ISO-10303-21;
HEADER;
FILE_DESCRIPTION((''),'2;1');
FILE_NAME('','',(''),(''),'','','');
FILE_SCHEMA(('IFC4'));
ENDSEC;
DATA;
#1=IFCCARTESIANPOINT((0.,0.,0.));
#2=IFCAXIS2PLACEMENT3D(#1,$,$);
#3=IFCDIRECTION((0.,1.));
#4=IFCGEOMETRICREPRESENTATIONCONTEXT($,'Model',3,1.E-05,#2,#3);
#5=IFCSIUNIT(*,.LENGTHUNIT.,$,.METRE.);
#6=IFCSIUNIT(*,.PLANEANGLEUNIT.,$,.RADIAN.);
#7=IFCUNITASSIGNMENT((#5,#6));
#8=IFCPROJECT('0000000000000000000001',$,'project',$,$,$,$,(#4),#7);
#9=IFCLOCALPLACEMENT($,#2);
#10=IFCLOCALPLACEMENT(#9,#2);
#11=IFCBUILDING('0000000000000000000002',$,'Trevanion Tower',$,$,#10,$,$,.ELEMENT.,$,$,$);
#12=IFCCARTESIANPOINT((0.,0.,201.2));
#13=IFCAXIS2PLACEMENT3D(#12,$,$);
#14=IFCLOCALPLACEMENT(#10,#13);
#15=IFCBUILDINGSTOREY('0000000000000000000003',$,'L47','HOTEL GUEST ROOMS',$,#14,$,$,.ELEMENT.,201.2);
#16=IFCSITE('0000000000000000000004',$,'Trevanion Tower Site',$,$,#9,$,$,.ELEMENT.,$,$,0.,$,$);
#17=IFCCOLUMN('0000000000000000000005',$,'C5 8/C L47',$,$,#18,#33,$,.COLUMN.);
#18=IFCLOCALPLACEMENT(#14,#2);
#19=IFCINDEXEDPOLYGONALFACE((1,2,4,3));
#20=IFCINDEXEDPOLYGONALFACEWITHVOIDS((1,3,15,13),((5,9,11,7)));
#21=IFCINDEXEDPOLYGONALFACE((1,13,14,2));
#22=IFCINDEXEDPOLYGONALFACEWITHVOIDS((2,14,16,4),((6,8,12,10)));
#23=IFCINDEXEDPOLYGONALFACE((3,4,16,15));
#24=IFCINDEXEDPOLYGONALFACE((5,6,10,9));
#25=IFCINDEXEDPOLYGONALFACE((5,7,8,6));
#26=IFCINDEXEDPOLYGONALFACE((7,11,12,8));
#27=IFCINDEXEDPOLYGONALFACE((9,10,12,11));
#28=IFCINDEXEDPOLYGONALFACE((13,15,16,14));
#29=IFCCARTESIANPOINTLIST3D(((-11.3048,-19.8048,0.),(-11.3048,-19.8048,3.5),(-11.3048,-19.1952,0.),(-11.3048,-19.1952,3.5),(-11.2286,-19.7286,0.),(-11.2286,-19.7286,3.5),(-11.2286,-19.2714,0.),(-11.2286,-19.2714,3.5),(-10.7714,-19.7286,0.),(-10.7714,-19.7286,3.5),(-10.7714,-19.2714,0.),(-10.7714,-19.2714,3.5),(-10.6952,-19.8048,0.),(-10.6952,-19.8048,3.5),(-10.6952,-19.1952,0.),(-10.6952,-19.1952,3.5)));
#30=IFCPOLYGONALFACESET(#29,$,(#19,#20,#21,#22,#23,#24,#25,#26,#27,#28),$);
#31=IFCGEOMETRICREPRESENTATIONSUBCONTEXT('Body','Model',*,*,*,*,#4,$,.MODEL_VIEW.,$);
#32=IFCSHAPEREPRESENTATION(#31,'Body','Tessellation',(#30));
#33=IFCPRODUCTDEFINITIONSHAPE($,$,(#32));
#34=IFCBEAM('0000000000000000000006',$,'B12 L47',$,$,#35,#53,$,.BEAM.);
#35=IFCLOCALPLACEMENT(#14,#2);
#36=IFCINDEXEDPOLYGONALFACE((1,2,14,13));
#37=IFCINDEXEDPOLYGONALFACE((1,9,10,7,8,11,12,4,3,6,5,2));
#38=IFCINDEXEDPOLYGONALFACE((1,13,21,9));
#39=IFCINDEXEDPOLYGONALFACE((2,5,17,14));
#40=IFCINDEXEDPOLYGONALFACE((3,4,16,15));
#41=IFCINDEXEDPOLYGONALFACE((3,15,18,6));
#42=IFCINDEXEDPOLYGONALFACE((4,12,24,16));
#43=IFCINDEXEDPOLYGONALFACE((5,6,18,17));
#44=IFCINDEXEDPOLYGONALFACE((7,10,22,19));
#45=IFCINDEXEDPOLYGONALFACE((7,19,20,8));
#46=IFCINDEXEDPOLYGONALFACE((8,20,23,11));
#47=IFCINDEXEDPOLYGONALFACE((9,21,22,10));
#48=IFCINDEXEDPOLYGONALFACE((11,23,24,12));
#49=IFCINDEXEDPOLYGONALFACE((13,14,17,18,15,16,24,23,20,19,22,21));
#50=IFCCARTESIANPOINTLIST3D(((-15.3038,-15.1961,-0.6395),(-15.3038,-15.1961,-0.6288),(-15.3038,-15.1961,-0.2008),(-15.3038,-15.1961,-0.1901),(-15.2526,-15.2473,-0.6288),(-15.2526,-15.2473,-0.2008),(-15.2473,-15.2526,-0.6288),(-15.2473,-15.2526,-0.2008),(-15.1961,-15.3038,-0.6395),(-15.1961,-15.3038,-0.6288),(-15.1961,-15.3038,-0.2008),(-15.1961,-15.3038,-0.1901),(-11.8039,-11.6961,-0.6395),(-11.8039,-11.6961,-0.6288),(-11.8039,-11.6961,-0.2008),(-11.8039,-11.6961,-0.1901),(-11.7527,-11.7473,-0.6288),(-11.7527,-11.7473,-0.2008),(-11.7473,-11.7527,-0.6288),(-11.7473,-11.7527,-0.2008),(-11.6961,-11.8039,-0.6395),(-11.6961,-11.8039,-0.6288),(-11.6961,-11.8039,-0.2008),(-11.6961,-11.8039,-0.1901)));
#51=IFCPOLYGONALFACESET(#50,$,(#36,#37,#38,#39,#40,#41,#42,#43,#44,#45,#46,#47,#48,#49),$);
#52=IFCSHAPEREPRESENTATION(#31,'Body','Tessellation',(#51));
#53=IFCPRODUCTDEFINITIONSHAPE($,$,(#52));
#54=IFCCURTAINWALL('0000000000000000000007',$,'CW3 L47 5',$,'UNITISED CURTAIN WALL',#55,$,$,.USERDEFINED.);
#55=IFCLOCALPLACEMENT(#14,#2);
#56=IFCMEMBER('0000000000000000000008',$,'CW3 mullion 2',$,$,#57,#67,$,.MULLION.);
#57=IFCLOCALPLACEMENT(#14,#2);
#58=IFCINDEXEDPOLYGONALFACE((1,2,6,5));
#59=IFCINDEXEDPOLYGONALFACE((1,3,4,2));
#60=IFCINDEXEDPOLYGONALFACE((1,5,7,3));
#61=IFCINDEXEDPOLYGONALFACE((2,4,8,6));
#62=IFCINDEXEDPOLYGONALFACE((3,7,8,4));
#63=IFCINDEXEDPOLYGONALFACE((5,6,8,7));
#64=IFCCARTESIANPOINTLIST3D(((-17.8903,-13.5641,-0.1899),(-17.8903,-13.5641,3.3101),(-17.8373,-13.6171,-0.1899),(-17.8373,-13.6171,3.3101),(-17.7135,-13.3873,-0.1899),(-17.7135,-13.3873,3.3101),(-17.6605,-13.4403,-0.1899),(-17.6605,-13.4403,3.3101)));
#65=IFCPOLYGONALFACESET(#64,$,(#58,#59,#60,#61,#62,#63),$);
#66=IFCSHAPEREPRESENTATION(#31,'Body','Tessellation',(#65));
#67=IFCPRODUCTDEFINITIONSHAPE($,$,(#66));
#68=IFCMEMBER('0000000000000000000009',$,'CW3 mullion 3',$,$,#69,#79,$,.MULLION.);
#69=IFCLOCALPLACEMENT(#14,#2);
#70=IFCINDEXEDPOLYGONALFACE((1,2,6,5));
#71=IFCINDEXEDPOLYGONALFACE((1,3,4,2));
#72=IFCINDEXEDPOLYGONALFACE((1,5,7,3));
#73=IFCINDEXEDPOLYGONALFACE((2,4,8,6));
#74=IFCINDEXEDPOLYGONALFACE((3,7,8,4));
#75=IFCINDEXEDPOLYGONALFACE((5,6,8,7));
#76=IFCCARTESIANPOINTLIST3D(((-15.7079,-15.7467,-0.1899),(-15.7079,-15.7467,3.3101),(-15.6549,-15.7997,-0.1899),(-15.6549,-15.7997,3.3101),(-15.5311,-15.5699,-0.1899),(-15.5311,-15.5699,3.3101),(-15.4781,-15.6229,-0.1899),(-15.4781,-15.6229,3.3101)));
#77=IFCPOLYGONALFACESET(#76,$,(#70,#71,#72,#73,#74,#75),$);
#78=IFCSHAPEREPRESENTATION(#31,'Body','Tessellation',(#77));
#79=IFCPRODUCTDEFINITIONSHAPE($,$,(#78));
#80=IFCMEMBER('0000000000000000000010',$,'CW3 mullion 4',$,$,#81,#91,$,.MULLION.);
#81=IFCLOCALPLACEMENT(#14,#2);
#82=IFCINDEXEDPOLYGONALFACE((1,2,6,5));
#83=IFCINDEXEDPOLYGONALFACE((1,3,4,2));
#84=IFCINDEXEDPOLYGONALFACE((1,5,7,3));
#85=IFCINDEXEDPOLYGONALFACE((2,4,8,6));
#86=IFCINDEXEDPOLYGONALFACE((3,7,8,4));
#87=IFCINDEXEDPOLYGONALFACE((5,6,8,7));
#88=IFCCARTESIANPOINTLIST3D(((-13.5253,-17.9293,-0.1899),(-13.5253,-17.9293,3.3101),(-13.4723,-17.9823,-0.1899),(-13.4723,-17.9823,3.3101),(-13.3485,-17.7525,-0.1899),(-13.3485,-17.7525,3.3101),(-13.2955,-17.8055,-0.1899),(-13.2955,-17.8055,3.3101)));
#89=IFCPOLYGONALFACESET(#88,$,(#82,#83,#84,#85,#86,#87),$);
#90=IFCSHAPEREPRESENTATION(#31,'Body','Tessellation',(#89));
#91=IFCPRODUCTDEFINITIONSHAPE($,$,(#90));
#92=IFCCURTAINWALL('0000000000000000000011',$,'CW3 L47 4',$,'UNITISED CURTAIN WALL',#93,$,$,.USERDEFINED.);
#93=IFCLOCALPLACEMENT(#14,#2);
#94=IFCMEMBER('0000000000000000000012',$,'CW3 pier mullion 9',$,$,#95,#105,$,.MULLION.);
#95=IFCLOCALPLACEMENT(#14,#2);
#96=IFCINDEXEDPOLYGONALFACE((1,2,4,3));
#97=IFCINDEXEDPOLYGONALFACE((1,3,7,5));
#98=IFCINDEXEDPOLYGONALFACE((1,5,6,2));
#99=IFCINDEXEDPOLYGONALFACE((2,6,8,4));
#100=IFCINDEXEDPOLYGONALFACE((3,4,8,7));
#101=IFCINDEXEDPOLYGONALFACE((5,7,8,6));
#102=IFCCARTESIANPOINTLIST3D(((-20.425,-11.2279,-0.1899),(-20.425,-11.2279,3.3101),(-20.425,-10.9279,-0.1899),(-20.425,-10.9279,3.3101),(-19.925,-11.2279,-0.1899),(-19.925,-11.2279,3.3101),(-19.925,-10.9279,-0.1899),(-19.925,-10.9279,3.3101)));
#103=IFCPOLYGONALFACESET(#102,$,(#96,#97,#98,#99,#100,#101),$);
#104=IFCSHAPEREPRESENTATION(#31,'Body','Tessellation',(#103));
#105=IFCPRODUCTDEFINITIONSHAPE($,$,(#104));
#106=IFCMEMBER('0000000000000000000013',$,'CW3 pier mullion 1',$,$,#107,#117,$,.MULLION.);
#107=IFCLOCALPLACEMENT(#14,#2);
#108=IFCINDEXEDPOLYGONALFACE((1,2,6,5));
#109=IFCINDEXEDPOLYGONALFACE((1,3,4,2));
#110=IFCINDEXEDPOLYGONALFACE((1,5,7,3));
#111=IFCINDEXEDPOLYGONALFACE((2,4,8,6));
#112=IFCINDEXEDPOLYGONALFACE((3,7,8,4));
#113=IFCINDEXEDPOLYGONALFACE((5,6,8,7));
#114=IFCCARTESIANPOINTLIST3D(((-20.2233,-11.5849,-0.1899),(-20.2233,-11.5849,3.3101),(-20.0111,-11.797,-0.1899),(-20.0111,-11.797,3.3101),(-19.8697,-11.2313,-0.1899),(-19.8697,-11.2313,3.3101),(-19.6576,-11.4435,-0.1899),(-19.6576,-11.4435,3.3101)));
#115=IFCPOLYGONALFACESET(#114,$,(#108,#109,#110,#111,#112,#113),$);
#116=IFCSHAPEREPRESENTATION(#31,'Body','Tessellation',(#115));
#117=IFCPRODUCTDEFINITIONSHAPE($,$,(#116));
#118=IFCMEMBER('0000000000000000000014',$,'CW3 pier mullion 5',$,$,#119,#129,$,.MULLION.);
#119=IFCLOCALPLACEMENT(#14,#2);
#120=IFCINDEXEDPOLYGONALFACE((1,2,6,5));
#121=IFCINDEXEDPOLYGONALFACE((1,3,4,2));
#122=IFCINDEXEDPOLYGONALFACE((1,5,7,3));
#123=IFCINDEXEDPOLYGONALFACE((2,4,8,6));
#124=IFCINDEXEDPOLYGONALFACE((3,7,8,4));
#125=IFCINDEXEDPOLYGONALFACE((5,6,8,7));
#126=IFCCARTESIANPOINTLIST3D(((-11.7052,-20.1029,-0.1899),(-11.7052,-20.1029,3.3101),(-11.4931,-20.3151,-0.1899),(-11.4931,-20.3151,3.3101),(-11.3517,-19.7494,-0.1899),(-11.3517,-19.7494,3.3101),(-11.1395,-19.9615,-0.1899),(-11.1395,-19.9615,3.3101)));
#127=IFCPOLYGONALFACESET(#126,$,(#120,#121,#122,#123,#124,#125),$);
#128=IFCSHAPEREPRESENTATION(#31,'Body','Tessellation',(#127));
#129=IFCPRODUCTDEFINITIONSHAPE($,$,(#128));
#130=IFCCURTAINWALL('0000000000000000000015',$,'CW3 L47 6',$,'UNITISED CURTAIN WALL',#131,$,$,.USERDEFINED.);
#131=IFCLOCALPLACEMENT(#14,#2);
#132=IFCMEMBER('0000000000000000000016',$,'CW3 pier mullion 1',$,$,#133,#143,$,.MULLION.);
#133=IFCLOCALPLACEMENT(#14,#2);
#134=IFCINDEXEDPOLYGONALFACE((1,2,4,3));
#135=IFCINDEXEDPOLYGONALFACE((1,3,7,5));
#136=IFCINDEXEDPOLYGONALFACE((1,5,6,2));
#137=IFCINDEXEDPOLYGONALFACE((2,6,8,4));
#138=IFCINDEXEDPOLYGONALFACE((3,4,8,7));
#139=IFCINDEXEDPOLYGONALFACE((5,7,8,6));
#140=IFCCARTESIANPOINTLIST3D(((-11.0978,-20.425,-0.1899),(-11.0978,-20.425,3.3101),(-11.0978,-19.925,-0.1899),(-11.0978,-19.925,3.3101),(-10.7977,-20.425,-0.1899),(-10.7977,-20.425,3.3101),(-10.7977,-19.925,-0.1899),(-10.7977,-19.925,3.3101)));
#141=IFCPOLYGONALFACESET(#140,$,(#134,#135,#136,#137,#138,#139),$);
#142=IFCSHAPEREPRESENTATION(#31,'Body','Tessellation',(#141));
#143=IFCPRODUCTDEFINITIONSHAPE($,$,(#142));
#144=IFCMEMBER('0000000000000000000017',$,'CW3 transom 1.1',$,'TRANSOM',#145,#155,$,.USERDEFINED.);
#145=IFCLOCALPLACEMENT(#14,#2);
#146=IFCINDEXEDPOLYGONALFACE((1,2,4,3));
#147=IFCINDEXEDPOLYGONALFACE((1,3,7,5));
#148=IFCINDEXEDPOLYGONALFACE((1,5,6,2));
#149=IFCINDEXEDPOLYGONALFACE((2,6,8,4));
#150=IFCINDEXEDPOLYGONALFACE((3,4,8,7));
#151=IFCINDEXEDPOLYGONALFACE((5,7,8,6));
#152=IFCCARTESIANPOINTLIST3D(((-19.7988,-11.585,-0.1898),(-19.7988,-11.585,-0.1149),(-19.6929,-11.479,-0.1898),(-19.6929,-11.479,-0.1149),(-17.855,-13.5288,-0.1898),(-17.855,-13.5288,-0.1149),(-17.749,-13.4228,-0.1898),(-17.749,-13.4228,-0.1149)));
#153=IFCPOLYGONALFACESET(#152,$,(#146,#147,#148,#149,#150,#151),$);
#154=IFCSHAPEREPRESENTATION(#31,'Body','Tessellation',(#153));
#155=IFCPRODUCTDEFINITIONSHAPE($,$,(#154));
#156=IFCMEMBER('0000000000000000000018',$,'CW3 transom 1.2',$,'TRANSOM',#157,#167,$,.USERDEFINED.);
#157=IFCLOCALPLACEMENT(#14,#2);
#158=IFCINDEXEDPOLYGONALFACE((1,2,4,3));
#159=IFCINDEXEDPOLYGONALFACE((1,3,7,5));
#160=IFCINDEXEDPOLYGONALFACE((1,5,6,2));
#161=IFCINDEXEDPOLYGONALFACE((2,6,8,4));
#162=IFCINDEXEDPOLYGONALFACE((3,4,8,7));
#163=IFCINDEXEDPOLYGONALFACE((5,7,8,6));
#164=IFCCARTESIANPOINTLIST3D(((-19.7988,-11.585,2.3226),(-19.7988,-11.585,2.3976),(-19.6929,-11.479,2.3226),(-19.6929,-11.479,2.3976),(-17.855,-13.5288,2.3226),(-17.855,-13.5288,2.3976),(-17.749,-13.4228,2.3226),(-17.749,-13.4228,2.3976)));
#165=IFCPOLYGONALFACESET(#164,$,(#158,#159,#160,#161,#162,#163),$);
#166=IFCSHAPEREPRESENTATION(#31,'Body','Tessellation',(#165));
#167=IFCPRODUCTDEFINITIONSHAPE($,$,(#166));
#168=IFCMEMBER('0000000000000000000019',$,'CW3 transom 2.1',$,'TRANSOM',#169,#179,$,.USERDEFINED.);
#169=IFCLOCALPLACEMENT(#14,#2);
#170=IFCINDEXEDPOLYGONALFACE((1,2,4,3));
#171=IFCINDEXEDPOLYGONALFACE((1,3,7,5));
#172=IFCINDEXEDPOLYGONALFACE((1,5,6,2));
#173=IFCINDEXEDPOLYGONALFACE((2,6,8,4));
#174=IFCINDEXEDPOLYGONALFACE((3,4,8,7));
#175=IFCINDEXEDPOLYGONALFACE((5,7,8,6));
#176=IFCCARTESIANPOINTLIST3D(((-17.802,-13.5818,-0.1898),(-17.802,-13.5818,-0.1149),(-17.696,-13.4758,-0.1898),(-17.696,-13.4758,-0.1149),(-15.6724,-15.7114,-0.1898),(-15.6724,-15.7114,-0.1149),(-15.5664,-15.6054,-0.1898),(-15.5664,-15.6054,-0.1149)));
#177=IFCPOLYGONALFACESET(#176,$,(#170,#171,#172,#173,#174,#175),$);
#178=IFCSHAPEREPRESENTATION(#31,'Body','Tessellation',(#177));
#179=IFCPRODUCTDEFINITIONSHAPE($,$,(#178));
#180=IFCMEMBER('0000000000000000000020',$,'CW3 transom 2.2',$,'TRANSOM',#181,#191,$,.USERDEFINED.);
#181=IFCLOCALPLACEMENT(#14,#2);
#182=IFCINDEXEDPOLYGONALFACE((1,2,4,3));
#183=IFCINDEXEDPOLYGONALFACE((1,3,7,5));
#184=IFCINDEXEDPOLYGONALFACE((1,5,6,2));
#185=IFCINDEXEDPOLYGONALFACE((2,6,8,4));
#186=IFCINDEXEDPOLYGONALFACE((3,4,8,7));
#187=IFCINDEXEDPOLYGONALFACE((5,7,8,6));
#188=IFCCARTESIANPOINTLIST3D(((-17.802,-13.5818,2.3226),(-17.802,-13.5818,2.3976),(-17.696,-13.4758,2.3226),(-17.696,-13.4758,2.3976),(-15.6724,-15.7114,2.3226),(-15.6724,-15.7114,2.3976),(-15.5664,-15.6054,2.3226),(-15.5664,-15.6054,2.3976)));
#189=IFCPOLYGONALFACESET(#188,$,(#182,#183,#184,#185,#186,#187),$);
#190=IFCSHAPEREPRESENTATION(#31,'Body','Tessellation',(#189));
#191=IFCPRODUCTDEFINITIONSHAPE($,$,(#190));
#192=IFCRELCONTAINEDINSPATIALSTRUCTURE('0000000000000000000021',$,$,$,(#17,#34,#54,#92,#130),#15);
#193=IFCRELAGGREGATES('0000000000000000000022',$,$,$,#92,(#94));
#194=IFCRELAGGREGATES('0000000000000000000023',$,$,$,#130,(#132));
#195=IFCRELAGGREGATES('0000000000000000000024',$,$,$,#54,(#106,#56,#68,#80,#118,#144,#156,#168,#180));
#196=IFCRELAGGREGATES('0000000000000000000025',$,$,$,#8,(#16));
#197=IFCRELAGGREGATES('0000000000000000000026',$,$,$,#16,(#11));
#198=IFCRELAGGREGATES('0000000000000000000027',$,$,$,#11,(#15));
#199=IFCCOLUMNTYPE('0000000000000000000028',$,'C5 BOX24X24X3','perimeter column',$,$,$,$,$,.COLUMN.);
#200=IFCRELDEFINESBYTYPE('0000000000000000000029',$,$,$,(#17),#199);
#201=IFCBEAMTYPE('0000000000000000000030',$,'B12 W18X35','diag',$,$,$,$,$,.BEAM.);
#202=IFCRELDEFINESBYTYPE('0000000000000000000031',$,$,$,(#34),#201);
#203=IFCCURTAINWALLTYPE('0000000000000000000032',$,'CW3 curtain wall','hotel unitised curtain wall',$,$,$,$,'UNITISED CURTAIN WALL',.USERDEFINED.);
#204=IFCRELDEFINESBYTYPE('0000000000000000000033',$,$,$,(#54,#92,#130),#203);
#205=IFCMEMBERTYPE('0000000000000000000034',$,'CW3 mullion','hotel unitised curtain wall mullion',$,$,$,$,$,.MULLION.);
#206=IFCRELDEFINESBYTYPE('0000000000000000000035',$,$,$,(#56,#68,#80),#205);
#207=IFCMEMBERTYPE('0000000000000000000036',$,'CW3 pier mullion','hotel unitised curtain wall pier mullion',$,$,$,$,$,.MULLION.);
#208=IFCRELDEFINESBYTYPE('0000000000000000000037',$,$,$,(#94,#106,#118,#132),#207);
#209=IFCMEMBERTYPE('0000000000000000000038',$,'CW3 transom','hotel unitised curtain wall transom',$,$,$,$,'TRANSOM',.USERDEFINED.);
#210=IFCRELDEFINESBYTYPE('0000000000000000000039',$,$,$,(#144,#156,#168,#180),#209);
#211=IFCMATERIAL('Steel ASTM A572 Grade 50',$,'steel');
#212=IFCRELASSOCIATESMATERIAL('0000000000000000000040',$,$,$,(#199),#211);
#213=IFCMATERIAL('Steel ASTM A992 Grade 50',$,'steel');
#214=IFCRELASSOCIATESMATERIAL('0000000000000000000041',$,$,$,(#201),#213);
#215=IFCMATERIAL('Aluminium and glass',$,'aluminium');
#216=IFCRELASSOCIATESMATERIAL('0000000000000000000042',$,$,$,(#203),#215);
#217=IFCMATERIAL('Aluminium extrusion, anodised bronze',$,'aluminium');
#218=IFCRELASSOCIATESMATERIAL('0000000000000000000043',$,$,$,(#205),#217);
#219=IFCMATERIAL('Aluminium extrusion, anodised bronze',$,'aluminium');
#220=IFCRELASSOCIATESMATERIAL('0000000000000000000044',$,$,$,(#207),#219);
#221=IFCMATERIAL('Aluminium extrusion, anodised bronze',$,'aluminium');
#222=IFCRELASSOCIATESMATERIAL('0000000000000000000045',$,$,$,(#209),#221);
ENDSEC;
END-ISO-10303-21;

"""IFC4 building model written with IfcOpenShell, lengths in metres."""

from ifc_helpers import new_model, si_unit, direction, frame, origin, origin_2d, place, context, subcontext, project, spatial, rectangle, hollow_rectangle, i_section, extrude, material, material_profile, profile_set, type_object, element, aggregate, save


model = new_model("IFC4")

# Units and contexts
model_context = context("Model", 3, precision=1e-05, world=origin(), true_north=direction((0.0, 1.0)))
body_context = subcontext(model_context, "Body", "Model", "MODEL_VIEW")
ifc_project = project(units=[si_unit("LENGTHUNIT", "METRE"), si_unit("PLANEANGLEUNIT", "RADIAN")], contexts=[model_context])

# Site, building, storey
site_placement = place(None, origin())
site = spatial("IfcSite", under=ifc_project, at=site_placement, Name="Trevanion Tower Site", CompositionType="ELEMENT", RefElevation=0.0)
building_placement = place(site_placement, origin())
building = spatial("IfcBuilding", under=site, at=building_placement, Name="Trevanion Tower", CompositionType="ELEMENT")
storey_placement = place(building_placement, frame((0.0, 0.0, 201.2)))
storey = spatial("IfcBuildingStorey", under=building, at=storey_placement, Name="L47", Description="HOTEL GUEST ROOMS", CompositionType="ELEMENT", Elevation=201.2)

# Column
ifc_material_1 = material(Name="Steel ASTM A572 Grade 50", Category="steel")
ifc_material_profile_1 = material_profile(ifc_material_1, hollow_rectangle(XDim=0.6096, YDim=0.6096, WallThickness=0.0762, at=origin_2d()), Name="BOX24X24X3")
ifc_profile_set_1 = profile_set([ifc_material_profile_1], Name="Steel ASTM A572 Grade 50")
column_type = type_object("IfcColumnType", Name="C5 BOX24X24X3", Description="perimeter column", PredefinedType="COLUMN", material=ifc_profile_set_1)
column_placement = place(storey_placement, frame((-11.0, -19.5, 0.0), z_axis=(0.0, 0.0, 1.0), x_axis=(1.0, 0.0, 0.0)))
element("IfcColumn", 1, at=column_placement, inside=storey, type_object=column_type, Name="C5 8/C L47", PredefinedType="COLUMN", context=body_context, shape_type="SweptSolid", body=[
    extrude(hollow_rectangle(XDim=0.6096, YDim=0.6096, WallThickness=0.0762, at=origin_2d()), origin(), (0.0, 0.0, 1.0), 3.5),
])

# Beam
ifc_material_2 = material(Name="Steel ASTM A992 Grade 50", Category="steel")
ifc_material_profile_2 = material_profile(ifc_material_2, i_section(OverallWidth=0.1523, OverallDepth=0.4495, WebThickness=0.0076, FlangeThickness=0.0107, at=origin_2d()), Name="W18X35")
ifc_profile_set_2 = profile_set([ifc_material_profile_2], Name="Steel ASTM A992 Grade 50")
beam_type_1 = type_object("IfcBeamType", Name="B12 W18X35", Description="diag", PredefinedType="BEAM", material=ifc_profile_set_2)
beam_1_placement = place(storey_placement, frame((-11.75, -11.75, -0.4148), z_axis=(-0.707107, -0.707107, 0.0), x_axis=(0.707107, -0.707107, 0.0)))
element("IfcBeam", 2, at=beam_1_placement, inside=storey, type_object=beam_type_1, Name="B12 L47", PredefinedType="BEAM", context=body_context, shape_type="SweptSolid", body=[
    extrude(i_section(OverallWidth=0.1523, OverallDepth=0.4495, WebThickness=0.0076, FlangeThickness=0.0107, at=origin_2d()), origin(), (0.0, 0.0, 1.0), 4.9497),
])

# Curtain wall, members
ifc_material_3 = material(Name="Aluminium and glass", Category="aluminium")
curtain_wall_type = type_object("IfcCurtainWallType", Name="CW3 curtain wall", Description="hotel unitised curtain wall", ElementType="UNITISED CURTAIN WALL", PredefinedType="USERDEFINED", material=ifc_material_3)
curtain_wall_1_placement = place(storey_placement, origin())
curtain_wall_1 = element("IfcCurtainWall", 3, at=curtain_wall_1_placement, inside=storey, type_object=curtain_wall_type, Name="CW3 L47 5", ObjectType="UNITISED CURTAIN WALL", PredefinedType="USERDEFINED")
ifc_material_4 = material(Name="Aluminium extrusion, anodised bronze", Category="aluminium")
ifc_material_profile_3 = material_profile(ifc_material_4, rectangle(XDim=0.075, YDim=0.25, at=origin_2d()), Name="CW3 mullion")
ifc_profile_set_3 = profile_set([ifc_material_profile_3], Name="Aluminium extrusion, anodised bronze")
member_type_1 = type_object("IfcMemberType", Name="CW3 mullion", Description="hotel unitised curtain wall mullion", PredefinedType="MULLION", material=ifc_profile_set_3)
member_1_placement = place(storey_placement, frame((-17.7754, -13.5022, -0.1899), z_axis=(0.0, 0.0, 1.0), x_axis=(0.707107, -0.707107, 0.0)))
member_1 = element("IfcMember", 4, at=member_1_placement, type_object=member_type_1, Name="CW3 mullion 2", PredefinedType="MULLION", context=body_context, shape_type="SweptSolid", body=[
    extrude(rectangle(XDim=0.075, YDim=0.25, at=origin_2d()), origin(), (0.0, 0.0, 1.0), 3.5),
])
member_2_placement = place(storey_placement, frame((-15.593, -15.6848, -0.1899), z_axis=(0.0, 0.0, 1.0), x_axis=(0.707107, -0.707107, 0.0)))
member_2 = element("IfcMember", 5, at=member_2_placement, type_object=member_type_1, Name="CW3 mullion 3", PredefinedType="MULLION", context=body_context, shape_type="SweptSolid", body=[
    extrude(rectangle(XDim=0.075, YDim=0.25, at=origin_2d()), origin(), (0.0, 0.0, 1.0), 3.5),
])
member_3_placement = place(storey_placement, frame((-13.4104, -17.8674, -0.1899), z_axis=(0.0, 0.0, 1.0), x_axis=(0.707107, -0.707107, 0.0)))
member_3 = element("IfcMember", 6, at=member_3_placement, type_object=member_type_1, Name="CW3 mullion 4", PredefinedType="MULLION", context=body_context, shape_type="SweptSolid", body=[
    extrude(rectangle(XDim=0.075, YDim=0.25, at=origin_2d()), origin(), (0.0, 0.0, 1.0), 3.5),
])

# Curtain wall, member
curtain_wall_2_placement = place(storey_placement, origin())
curtain_wall_2 = element("IfcCurtainWall", 7, at=curtain_wall_2_placement, inside=storey, type_object=curtain_wall_type, Name="CW3 L47 4", ObjectType="UNITISED CURTAIN WALL", PredefinedType="USERDEFINED")
ifc_material_5 = material(Name="Aluminium extrusion, anodised bronze", Category="aluminium")
ifc_material_profile_4 = material_profile(ifc_material_5, rectangle(XDim=0.3, YDim=0.5, at=origin_2d()), Name="CW3 pier mullion")
ifc_profile_set_4 = profile_set([ifc_material_profile_4], Name="Aluminium extrusion, anodised bronze")
member_type_2 = type_object("IfcMemberType", Name="CW3 pier mullion", Description="hotel unitised curtain wall pier mullion", PredefinedType="MULLION", material=ifc_profile_set_4)
member_4_placement = place(storey_placement, frame((-20.175, -11.0779, -0.1899), z_axis=(0.0, 0.0, 1.0), x_axis=(0.0, -1.0, 0.0)))
member_4 = element("IfcMember", 8, at=member_4_placement, type_object=member_type_2, Name="CW3 pier mullion 9", PredefinedType="MULLION", context=body_context, shape_type="SweptSolid", body=[
    extrude(rectangle(XDim=0.3, YDim=0.5, at=origin_2d()), origin(), (0.0, 0.0, 1.0), 3.5),
])
aggregate(curtain_wall_2, [member_4])

# Members
member_5_placement = place(storey_placement, frame((-19.9404, -11.5142, -0.1899), z_axis=(0.0, 0.0, 1.0), x_axis=(0.707107, -0.707107, 0.0)))
member_5 = element("IfcMember", 9, at=member_5_placement, type_object=member_type_2, Name="CW3 pier mullion 1", PredefinedType="MULLION", context=body_context, shape_type="SweptSolid", body=[
    extrude(rectangle(XDim=0.3, YDim=0.5, at=origin_2d()), origin(), (0.0, 0.0, 1.0), 3.5),
])
member_6_placement = place(storey_placement, frame((-11.4224, -20.0322, -0.1899), z_axis=(0.0, 0.0, 1.0), x_axis=(0.707107, -0.707107, 0.0)))
member_6 = element("IfcMember", 10, at=member_6_placement, type_object=member_type_2, Name="CW3 pier mullion 5", PredefinedType="MULLION", context=body_context, shape_type="SweptSolid", body=[
    extrude(rectangle(XDim=0.3, YDim=0.5, at=origin_2d()), origin(), (0.0, 0.0, 1.0), 3.5),
])

# Curtain wall, member
curtain_wall_3_placement = place(storey_placement, origin())
curtain_wall_3 = element("IfcCurtainWall", 11, at=curtain_wall_3_placement, inside=storey, type_object=curtain_wall_type, Name="CW3 L47 6", ObjectType="UNITISED CURTAIN WALL", PredefinedType="USERDEFINED")
member_7_placement = place(storey_placement, frame((-10.9478, -20.175, -0.1899), z_axis=(0.0, 0.0, 1.0), x_axis=(1.0, 0.0, 0.0)))
member_7 = element("IfcMember", 12, at=member_7_placement, type_object=member_type_2, Name="CW3 pier mullion 1", PredefinedType="MULLION", context=body_context, shape_type="SweptSolid", body=[
    extrude(rectangle(XDim=0.3, YDim=0.5, at=origin_2d()), origin(), (0.0, 0.0, 1.0), 3.5),
])

# Members
ifc_material_6 = material(Name="Aluminium extrusion, anodised bronze", Category="aluminium")
ifc_material_profile_5 = material_profile(ifc_material_6, rectangle(XDim=0.1499, YDim=0.075, at=origin_2d()), Name="CW3 transom")
ifc_profile_set_5 = profile_set([ifc_material_profile_5], Name="Aluminium extrusion, anodised bronze")
member_type_3 = type_object("IfcMemberType", Name="CW3 transom", Description="hotel unitised curtain wall transom", ElementType="TRANSOM", PredefinedType="USERDEFINED", material=ifc_profile_set_5)
member_8_placement = place(storey_placement, frame((-19.7458, -11.532, -0.1523), z_axis=(0.707107, -0.707107, 0.0), x_axis=(0.707107, 0.707107, 0.0)))
member_8 = element("IfcMember", 13, at=member_8_placement, type_object=member_type_3, Name="CW3 transom 1.1", ObjectType="TRANSOM", PredefinedType="USERDEFINED", context=body_context, shape_type="SweptSolid", body=[
    extrude(rectangle(XDim=0.1499, YDim=0.075, at=origin_2d()), origin(), (0.0, 0.0, 1.0), 2.749),
])
member_9_placement = place(storey_placement, frame((-19.7458, -11.532, 2.3601), z_axis=(0.707107, -0.707107, 0.0), x_axis=(0.707107, 0.707107, 0.0)))
member_9 = element("IfcMember", 14, at=member_9_placement, type_object=member_type_3, Name="CW3 transom 1.2", ObjectType="TRANSOM", PredefinedType="USERDEFINED", context=body_context, shape_type="SweptSolid", body=[
    extrude(rectangle(XDim=0.1499, YDim=0.075, at=origin_2d()), origin(), (0.0, 0.0, 1.0), 2.749),
])
member_10_placement = place(storey_placement, frame((-17.749, -13.5288, -0.1523), z_axis=(0.707107, -0.707107, 0.0), x_axis=(0.707107, 0.707107, 0.0)))
member_10 = element("IfcMember", 15, at=member_10_placement, type_object=member_type_3, Name="CW3 transom 2.1", ObjectType="TRANSOM", PredefinedType="USERDEFINED", context=body_context, shape_type="SweptSolid", body=[
    extrude(rectangle(XDim=0.1499, YDim=0.075, at=origin_2d()), origin(), (0.0, 0.0, 1.0), 3.0117),
])
member_11_placement = place(storey_placement, frame((-17.749, -13.5288, 2.3601), z_axis=(0.707107, -0.707107, 0.0), x_axis=(0.707107, 0.707107, 0.0)))
member_11 = element("IfcMember", 16, at=member_11_placement, type_object=member_type_3, Name="CW3 transom 2.2", ObjectType="TRANSOM", PredefinedType="USERDEFINED", context=body_context, shape_type="SweptSolid", body=[
    extrude(rectangle(XDim=0.1499, YDim=0.075, at=origin_2d()), origin(), (0.0, 0.0, 1.0), 3.0117),
])
aggregate(curtain_wall_3, [member_7])

aggregate(curtain_wall_1, [member_5, member_1, member_2, member_3, member_6, member_8, member_9, member_10, member_11])

save(model, "model.ifc")
